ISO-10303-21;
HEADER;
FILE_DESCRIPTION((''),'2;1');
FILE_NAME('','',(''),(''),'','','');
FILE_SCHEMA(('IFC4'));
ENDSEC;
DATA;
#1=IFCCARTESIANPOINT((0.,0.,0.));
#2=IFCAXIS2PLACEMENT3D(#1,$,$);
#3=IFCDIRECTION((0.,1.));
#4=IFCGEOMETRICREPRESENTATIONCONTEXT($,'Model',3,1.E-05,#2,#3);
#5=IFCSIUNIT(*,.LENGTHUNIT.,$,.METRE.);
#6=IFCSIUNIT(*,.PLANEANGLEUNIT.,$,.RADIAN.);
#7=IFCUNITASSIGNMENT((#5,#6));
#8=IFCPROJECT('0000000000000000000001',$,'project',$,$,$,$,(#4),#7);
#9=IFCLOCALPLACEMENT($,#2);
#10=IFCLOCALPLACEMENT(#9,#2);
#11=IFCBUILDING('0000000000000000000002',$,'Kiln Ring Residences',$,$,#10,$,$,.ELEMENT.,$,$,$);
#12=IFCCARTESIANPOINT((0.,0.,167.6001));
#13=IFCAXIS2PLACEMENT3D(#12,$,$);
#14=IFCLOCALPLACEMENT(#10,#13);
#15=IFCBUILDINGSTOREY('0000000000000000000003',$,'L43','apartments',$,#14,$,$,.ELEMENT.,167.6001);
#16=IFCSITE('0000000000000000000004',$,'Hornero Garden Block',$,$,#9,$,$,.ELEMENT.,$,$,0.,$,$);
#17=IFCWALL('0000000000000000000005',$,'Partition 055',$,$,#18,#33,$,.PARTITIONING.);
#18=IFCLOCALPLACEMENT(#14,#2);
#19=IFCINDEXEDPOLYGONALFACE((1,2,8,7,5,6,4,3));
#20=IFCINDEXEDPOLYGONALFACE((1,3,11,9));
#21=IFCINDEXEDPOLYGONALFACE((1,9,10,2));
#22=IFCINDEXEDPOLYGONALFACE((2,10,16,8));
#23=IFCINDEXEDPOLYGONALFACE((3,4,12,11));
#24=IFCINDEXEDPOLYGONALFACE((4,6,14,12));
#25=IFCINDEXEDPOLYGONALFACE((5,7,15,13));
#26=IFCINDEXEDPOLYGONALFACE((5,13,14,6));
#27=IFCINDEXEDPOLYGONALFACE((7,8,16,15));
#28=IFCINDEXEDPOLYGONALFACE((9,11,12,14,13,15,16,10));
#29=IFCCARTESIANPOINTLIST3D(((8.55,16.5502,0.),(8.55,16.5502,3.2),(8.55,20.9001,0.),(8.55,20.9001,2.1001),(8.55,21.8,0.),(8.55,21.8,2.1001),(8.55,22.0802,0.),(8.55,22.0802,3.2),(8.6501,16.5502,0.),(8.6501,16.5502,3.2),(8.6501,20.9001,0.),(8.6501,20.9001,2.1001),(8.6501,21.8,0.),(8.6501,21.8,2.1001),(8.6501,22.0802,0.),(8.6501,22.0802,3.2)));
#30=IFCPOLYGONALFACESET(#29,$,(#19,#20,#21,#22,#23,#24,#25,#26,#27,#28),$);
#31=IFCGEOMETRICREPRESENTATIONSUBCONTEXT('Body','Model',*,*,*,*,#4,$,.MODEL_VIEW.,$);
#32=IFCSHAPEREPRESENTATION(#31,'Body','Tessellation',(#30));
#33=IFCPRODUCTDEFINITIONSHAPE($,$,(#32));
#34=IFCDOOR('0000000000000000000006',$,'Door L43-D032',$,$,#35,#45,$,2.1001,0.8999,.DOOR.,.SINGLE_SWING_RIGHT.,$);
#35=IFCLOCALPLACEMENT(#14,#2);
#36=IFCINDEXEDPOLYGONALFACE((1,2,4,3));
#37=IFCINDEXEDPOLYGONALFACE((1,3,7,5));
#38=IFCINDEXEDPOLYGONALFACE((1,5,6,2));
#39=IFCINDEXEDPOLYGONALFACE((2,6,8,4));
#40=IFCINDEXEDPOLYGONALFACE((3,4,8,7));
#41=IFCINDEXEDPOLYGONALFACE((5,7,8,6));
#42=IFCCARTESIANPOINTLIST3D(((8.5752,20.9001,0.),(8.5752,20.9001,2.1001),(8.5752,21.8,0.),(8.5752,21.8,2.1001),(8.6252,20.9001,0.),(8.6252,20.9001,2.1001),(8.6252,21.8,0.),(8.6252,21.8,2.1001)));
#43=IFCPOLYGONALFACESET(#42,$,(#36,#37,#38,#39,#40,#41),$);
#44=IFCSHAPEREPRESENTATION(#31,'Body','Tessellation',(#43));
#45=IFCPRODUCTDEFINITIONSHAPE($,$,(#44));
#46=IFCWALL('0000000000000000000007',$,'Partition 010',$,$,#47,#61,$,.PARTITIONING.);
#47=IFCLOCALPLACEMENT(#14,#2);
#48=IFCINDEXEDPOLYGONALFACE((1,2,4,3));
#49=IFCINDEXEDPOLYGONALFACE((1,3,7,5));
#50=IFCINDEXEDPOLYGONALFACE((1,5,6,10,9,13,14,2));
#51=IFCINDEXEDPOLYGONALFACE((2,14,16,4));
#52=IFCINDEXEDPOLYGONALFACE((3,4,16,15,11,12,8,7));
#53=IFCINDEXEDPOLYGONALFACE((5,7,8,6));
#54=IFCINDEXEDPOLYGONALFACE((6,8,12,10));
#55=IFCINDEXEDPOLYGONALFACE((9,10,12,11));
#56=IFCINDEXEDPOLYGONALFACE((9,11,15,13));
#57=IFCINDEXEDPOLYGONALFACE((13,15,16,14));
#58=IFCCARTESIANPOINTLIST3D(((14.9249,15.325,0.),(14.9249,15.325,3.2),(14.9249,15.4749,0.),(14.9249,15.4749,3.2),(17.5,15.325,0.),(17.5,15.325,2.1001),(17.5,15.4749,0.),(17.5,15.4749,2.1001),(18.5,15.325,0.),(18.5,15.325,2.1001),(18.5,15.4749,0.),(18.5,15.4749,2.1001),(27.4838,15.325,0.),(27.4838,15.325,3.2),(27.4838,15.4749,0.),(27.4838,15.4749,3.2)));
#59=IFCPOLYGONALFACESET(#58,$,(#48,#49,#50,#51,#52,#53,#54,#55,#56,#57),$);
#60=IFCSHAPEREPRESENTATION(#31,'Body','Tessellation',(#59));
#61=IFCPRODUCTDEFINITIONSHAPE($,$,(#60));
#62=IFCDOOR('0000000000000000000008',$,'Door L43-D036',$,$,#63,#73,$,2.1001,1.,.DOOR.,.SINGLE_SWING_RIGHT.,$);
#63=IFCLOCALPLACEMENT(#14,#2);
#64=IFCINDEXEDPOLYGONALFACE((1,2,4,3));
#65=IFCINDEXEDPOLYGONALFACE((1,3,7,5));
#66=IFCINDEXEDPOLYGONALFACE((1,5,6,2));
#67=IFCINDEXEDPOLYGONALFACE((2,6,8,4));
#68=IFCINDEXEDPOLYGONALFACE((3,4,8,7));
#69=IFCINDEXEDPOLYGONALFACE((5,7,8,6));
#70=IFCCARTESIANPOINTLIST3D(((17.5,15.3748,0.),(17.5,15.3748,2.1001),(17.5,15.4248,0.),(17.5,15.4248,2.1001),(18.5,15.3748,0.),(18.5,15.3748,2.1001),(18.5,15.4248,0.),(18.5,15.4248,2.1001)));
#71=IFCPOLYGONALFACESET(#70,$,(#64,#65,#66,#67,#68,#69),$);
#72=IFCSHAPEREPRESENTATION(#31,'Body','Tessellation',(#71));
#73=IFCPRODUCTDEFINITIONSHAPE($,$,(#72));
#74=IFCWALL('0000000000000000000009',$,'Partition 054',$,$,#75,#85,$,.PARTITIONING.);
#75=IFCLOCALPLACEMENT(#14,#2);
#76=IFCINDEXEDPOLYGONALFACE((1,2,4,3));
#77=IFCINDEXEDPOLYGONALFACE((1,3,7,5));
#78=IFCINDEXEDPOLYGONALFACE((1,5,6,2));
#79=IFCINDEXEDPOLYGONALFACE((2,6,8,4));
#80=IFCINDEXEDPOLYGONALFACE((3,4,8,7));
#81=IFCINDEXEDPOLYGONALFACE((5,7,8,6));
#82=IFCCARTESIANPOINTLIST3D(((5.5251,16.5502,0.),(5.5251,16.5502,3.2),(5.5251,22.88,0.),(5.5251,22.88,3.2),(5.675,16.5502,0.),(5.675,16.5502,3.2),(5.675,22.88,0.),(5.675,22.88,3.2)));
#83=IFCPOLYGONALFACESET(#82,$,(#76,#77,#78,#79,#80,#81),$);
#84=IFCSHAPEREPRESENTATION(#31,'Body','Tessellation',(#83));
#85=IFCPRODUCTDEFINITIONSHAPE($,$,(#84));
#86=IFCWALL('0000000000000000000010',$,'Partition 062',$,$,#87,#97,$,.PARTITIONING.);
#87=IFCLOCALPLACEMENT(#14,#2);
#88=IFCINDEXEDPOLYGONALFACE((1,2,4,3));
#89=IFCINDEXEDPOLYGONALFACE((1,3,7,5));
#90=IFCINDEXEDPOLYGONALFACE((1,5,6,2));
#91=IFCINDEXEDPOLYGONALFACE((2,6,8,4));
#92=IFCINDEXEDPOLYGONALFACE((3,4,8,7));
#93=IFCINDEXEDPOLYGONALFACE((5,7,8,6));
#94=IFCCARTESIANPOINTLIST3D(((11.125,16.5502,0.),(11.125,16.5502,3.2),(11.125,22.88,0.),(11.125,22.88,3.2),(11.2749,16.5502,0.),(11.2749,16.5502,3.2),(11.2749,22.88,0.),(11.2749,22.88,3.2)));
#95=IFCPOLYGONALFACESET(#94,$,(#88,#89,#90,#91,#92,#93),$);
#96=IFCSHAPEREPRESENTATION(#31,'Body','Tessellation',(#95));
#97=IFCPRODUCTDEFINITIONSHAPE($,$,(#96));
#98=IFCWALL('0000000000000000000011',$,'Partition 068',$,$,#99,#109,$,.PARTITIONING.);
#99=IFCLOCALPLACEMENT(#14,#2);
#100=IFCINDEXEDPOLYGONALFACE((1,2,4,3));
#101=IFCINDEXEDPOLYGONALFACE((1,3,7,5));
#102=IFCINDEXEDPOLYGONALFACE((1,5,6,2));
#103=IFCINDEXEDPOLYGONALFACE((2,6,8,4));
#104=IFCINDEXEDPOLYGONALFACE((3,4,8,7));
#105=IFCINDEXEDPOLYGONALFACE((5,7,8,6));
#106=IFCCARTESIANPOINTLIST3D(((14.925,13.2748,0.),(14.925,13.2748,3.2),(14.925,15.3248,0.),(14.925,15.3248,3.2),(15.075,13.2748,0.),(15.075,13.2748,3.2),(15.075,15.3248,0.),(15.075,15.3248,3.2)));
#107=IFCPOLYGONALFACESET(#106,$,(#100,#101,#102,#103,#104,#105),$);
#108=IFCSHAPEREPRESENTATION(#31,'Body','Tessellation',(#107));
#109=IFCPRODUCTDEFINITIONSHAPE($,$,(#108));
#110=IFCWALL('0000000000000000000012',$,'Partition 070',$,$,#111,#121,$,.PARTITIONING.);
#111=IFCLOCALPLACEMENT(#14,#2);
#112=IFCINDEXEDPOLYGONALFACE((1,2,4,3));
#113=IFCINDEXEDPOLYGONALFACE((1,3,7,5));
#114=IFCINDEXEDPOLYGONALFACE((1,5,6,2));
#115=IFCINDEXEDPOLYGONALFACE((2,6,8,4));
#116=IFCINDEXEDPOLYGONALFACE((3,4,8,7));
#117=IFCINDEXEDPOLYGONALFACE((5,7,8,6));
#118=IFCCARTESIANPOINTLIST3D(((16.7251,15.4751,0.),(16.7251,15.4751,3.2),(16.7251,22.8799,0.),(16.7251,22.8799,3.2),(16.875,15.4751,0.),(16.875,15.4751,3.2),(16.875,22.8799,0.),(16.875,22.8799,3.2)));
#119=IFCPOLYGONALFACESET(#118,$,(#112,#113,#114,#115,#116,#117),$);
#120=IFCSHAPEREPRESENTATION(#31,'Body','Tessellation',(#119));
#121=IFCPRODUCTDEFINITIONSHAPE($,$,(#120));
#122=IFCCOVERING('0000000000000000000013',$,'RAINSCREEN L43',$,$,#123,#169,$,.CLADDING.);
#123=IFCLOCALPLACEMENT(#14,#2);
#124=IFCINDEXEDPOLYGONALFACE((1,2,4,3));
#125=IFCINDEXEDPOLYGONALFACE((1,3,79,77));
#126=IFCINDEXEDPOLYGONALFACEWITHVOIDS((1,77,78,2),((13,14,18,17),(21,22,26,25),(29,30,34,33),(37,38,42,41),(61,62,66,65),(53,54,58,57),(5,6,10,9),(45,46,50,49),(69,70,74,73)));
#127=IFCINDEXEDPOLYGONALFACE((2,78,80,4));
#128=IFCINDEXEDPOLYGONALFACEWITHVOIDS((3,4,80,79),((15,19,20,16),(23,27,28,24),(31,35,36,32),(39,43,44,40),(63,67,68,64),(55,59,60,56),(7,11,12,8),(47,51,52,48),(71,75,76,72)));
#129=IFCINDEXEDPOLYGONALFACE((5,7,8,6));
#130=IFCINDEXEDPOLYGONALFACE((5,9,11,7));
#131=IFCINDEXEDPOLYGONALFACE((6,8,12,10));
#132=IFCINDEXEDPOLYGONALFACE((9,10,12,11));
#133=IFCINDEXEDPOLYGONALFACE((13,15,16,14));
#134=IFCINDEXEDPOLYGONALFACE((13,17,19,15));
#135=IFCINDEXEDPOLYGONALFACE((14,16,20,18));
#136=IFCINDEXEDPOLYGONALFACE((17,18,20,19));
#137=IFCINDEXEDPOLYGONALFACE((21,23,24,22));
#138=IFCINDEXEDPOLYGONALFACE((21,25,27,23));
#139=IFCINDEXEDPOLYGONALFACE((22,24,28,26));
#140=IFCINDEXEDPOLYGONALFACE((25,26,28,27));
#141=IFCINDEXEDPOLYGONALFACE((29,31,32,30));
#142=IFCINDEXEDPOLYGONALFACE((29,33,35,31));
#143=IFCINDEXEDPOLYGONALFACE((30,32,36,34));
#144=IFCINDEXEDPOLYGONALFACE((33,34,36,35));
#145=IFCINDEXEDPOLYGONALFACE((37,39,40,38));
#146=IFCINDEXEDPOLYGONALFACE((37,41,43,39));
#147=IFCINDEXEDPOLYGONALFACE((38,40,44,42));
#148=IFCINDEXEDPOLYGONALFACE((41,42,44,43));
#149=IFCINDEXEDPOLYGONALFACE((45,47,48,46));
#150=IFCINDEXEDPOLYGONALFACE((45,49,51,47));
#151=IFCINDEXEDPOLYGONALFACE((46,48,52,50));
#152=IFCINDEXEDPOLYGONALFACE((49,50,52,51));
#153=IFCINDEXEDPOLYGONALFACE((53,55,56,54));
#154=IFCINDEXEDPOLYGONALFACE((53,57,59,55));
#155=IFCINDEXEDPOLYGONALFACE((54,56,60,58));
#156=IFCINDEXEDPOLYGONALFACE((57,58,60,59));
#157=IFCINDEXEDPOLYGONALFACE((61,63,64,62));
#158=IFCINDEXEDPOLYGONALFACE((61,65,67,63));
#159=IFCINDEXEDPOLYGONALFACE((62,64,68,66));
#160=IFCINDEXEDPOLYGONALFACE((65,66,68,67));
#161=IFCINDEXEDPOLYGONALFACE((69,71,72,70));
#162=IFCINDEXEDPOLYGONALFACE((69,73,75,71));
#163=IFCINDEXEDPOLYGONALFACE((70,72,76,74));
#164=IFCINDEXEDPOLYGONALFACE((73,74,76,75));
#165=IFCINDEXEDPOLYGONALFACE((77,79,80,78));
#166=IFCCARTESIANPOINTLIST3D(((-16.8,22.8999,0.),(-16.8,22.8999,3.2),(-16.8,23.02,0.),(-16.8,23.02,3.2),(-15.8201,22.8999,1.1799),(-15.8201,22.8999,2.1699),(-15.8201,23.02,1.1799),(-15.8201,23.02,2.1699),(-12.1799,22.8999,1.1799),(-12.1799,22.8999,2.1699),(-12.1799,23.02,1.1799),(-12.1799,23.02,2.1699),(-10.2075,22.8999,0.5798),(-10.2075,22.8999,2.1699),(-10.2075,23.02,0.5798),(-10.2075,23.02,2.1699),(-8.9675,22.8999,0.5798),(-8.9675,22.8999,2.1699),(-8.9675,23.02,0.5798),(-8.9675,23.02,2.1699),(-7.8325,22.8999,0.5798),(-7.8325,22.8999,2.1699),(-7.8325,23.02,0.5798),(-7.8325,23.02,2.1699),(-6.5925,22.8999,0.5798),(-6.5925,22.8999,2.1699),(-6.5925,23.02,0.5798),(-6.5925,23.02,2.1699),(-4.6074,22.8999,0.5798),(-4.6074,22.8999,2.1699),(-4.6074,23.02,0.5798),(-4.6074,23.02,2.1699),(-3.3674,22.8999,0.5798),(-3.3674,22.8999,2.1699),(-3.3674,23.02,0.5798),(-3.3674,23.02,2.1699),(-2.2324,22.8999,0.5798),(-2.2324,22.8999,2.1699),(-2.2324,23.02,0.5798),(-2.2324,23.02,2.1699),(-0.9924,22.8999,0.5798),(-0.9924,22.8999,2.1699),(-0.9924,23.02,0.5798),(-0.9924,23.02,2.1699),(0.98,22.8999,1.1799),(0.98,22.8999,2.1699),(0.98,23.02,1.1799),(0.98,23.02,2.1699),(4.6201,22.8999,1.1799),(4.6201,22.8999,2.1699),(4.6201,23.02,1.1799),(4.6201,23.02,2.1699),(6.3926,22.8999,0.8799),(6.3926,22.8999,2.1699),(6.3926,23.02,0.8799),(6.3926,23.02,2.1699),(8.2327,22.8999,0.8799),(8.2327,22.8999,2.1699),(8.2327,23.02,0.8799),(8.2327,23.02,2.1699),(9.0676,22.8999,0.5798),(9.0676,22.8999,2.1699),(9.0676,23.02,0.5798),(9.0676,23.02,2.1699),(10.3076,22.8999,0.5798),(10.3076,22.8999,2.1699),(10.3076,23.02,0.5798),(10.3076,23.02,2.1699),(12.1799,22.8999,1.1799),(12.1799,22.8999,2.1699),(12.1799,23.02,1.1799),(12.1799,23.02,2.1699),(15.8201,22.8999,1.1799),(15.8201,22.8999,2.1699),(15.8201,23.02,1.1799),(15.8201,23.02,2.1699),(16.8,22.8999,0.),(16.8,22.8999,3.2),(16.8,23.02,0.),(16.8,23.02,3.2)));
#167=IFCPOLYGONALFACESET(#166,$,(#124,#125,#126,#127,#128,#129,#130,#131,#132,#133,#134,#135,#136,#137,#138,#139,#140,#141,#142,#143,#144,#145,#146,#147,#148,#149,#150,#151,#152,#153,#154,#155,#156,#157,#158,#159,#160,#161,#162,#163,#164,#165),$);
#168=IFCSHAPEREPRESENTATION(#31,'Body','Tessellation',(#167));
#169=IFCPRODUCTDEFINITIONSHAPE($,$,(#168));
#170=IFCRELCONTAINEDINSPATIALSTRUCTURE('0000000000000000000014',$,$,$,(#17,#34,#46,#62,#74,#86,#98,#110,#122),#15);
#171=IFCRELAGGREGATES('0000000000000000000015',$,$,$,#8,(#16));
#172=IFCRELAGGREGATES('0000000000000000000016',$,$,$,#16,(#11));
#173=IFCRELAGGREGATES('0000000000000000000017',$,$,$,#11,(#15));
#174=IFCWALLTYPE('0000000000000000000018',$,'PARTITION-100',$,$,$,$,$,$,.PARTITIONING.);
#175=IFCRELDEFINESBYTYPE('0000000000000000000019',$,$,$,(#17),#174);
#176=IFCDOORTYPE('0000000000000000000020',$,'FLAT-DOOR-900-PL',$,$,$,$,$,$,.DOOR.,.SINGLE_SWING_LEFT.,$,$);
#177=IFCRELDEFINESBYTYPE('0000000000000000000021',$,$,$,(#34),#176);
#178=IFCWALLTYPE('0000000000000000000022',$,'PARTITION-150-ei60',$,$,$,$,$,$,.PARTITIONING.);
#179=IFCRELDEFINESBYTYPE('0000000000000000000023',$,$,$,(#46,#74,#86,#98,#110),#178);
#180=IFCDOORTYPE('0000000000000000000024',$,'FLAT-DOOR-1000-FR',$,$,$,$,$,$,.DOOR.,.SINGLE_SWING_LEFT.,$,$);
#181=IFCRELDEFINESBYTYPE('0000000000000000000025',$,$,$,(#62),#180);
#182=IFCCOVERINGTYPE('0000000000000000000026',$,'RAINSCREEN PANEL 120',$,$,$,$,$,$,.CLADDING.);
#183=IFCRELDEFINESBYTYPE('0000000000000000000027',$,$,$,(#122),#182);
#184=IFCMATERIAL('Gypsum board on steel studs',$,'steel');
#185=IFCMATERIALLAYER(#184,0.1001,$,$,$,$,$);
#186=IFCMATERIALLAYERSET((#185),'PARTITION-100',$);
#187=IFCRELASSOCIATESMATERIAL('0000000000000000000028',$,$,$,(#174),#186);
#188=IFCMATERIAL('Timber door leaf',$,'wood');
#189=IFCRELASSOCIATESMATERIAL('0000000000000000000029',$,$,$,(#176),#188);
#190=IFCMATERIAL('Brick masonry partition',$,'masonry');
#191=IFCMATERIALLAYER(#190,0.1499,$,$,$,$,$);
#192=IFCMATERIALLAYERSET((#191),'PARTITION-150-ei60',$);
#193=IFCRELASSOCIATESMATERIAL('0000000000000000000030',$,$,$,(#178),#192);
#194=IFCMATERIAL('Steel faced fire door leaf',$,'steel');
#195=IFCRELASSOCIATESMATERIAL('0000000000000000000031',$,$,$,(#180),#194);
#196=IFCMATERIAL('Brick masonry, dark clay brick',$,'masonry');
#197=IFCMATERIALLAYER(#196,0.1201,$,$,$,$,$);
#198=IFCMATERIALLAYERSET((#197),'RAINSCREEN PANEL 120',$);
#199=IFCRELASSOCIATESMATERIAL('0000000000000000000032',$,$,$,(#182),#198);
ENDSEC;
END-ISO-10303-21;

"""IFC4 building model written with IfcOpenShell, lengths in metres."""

from ifc_helpers import new_model, si_unit, direction, frame, frame_2d, origin, place, context, subcontext, project, spatial, polyline, rectangle, outline, extrude, material, layer, layer_set, type_object, element, fill, save


model = new_model("IFC4")

# Units and contexts
model_context = context("Model", 3, precision=1e-05, world=origin(), true_north=direction((0.0, 1.0)))
body_context = subcontext(model_context, "Body", "Model", "MODEL_VIEW")
ifc_project = project(units=[si_unit("LENGTHUNIT", "METRE"), si_unit("PLANEANGLEUNIT", "RADIAN")], contexts=[model_context])

# Site, building, storey
site_placement = place(None, origin())
site = spatial("IfcSite", under=ifc_project, at=site_placement, Name="Hornero Garden Block", CompositionType="ELEMENT", RefElevation=0.0)
building_placement = place(site_placement, origin())
building = spatial("IfcBuilding", under=site, at=building_placement, Name="Kiln Ring Residences", CompositionType="ELEMENT")
storey_placement = place(building_placement, frame((0.0, 0.0, 167.6001)))
storey = spatial("IfcBuildingStorey", under=building, at=storey_placement, Name="L43", Description="apartments", CompositionType="ELEMENT", Elevation=167.6001)

# Shared definitions
ifc_material_1 = material(Name="Gypsum board on steel studs", Category="steel")
ifc_layer_1 = layer(ifc_material_1, 0.1001)
ifc_layer_set_1 = layer_set([ifc_layer_1], Name="PARTITION-100")
wall_type_1 = type_object("IfcWallType", Name="PARTITION-100", PredefinedType="PARTITIONING", material=ifc_layer_set_1)
ifc_material_2 = material(Name="Timber door leaf", Category="wood")
door_type_1 = type_object("IfcDoorType", Name="FLAT-DOOR-900-PL", OperationType="SINGLE_SWING_LEFT", PredefinedType="DOOR", material=ifc_material_2)

# Walls, openings, doors
wall_1_placement = place(storey_placement, frame((8.6001, 16.55, 0.0), z_axis=(0.0, 0.0, 1.0), x_axis=(0.0, 1.0, 0.0)))
wall_1 = element("IfcWall", 1, at=wall_1_placement, inside=storey, type_object=wall_type_1, Name="Partition 055", PredefinedType="PARTITIONING", context=body_context, shape_type="SweptSolid", body=[
    extrude(rectangle(XDim=5.53, YDim=0.1001, at=frame_2d((2.7651, 0.0))), origin(), (0.0, 0.0, 1.0), 3.2),
])
opening_1_placement = place(wall_1_placement, frame((4.3501, 0.0, 0.0)))
opening_1 = element("IfcOpeningElement", 2, at=opening_1_placement, cuts=wall_1, PredefinedType="OPENING", context=body_context, shape_type="SweptSolid", body=[
    extrude(rectangle(XDim=0.8999, YDim=2.1001, at=frame_2d((0.45, 1.05))), frame((0.0, 0.0601, 0.0), z_axis=(0.0, -1.0, 0.0), x_axis=(1.0, 0.0, 0.0)), (0.0, 0.0, 1.0), 0.1201),
])
door_1_placement = place(opening_1_placement, origin())
door_1 = element("IfcDoor", 3, at=door_1_placement, inside=storey, type_object=door_type_1, Name="Door L43-D032", OperationType="SINGLE_SWING_RIGHT", OverallHeight=2.1001, OverallWidth=0.8999, PredefinedType="DOOR", context=body_context, shape_type="SweptSolid", body=[
    extrude(rectangle(XDim=0.8999, YDim=2.1001, at=frame_2d((0.45, 1.05))), frame((0.0, 0.0249, 0.0), z_axis=(0.0, -1.0, 0.0), x_axis=(1.0, 0.0, 0.0)), (0.0, 0.0, 1.0), 0.05),
])
fill(opening_1, door_1)
ifc_material_3 = material(Name="Brick masonry partition", Category="masonry")
ifc_layer_2 = layer(ifc_material_3, 0.1499)
ifc_layer_set_2 = layer_set([ifc_layer_2], Name="PARTITION-150-ei60")
wall_type_2 = type_object("IfcWallType", Name="PARTITION-150-ei60", PredefinedType="PARTITIONING", material=ifc_layer_set_2)
wall_2_placement = place(storey_placement, frame((14.925, 15.3999, 0.0), z_axis=(0.0, 0.0, 1.0), x_axis=(1.0, 0.0, 0.0)))
wall_2 = element("IfcWall", 4, at=wall_2_placement, inside=storey, type_object=wall_type_2, Name="Partition 010", PredefinedType="PARTITIONING", context=body_context, shape_type="SweptSolid", body=[
    extrude(rectangle(XDim=12.5588, YDim=0.1499, at=frame_2d((6.2793, 0.0))), origin(), (0.0, 0.0, 1.0), 3.2),
])
opening_2_placement = place(wall_2_placement, frame((2.575, 0.0, 0.0)))
opening_2 = element("IfcOpeningElement", 5, at=opening_2_placement, cuts=wall_2, PredefinedType="OPENING", context=body_context, shape_type="SweptSolid", body=[
    extrude(rectangle(XDim=1.0, YDim=2.1001, at=frame_2d((0.5, 1.05))), frame((0.0, 0.085, 0.0), z_axis=(0.0, -1.0, 0.0), x_axis=(1.0, 0.0, 0.0)), (0.0, 0.0, 1.0), 0.1699),
])
ifc_material_4 = material(Name="Steel faced fire door leaf", Category="steel")
door_type_2 = type_object("IfcDoorType", Name="FLAT-DOOR-1000-FR", OperationType="SINGLE_SWING_LEFT", PredefinedType="DOOR", material=ifc_material_4)
door_2_placement = place(opening_2_placement, origin())
door_2 = element("IfcDoor", 6, at=door_2_placement, inside=storey, type_object=door_type_2, Name="Door L43-D036", OperationType="SINGLE_SWING_RIGHT", OverallHeight=2.1001, OverallWidth=1.0, PredefinedType="DOOR", context=body_context, shape_type="SweptSolid", body=[
    extrude(rectangle(XDim=1.0, YDim=2.1001, at=frame_2d((0.5, 1.05))), frame((0.0, 0.0249, 0.0), z_axis=(0.0, -1.0, 0.0), x_axis=(1.0, 0.0, 0.0)), (0.0, 0.0, 1.0), 0.05),
])
fill(opening_2, door_2)

# Walls
for number, where, z_axis, x_axis, name in (
    (7, (5.6001, 16.55, 0.0), (0.0, 0.0, 1.0), (0.0, 1.0, 0.0), "Partition 054"),
    (8, (11.2, 16.55, 0.0), (0.0, 0.0, 1.0), (0.0, 1.0, 0.0), "Partition 062"),
):
    element("IfcWall", number, at=place(storey_placement, frame(where, z_axis=z_axis, x_axis=x_axis)), inside=storey, type_object=wall_type_2, Name=name, PredefinedType="PARTITIONING", context=body_context, shape_type="SweptSolid", body=[
        extrude(rectangle(XDim=6.3298, YDim=0.1499, at=frame_2d((3.165, 0.0))), origin(), (0.0, 0.0, 1.0), 3.2),
    ])
wall_3_placement = place(storey_placement, frame((15.0, 13.2749, 0.0), z_axis=(0.0, 0.0, 1.0), x_axis=(0.0, 1.0, 0.0)))
element("IfcWall", 9, at=wall_3_placement, inside=storey, type_object=wall_type_2, Name="Partition 068", PredefinedType="PARTITIONING", context=body_context, shape_type="SweptSolid", body=[
    extrude(rectangle(XDim=2.05, YDim=0.1499, at=frame_2d((1.0249, 0.0))), origin(), (0.0, 0.0, 1.0), 3.2),
])
wall_4_placement = place(storey_placement, frame((16.8, 15.4751, 0.0), z_axis=(0.0, 0.0, 1.0), x_axis=(0.0, 1.0, 0.0)))
element("IfcWall", 10, at=wall_4_placement, inside=storey, type_object=wall_type_2, Name="Partition 070", PredefinedType="PARTITIONING", context=body_context, shape_type="SweptSolid", body=[
    extrude(rectangle(XDim=7.4048, YDim=0.1499, at=frame_2d((3.7024, 0.0))), origin(), (0.0, 0.0, 1.0), 3.2),
])

# Covering
ifc_material_5 = material(Name="Brick masonry, dark clay brick", Category="masonry")
ifc_layer_3 = layer(ifc_material_5, 0.1201)
ifc_layer_set_3 = layer_set([ifc_layer_3], Name="RAINSCREEN PANEL 120")
covering_type = type_object("IfcCoveringType", Name="RAINSCREEN PANEL 120", PredefinedType="CLADDING", material=ifc_layer_set_3)
covering_placement = place(storey_placement, frame((16.8, 22.96, 0.0), z_axis=(0.0, 0.0, 1.0), x_axis=(-1.0, 0.0, 0.0)))
element("IfcCovering", 11, at=covering_placement, inside=storey, type_object=covering_type, Name="RAINSCREEN L43", PredefinedType="CLADDING", context=body_context, shape_type="SweptSolid", body=[
    extrude(outline(polyline([(0.0, 0.0), (33.6001, 0.0), (33.6001, 3.2), (0.0, 3.2), (0.0, 0.0)]), holes=[polyline([(6.4924, 0.5798), (7.7324, 0.5798), (7.7324, 2.1699), (6.4924, 2.1699), (6.4924, 0.5798)]), polyline([(17.7925, 0.5798), (19.0325, 0.5798), (19.0325, 2.1699), (17.7925, 2.1699), (17.7925, 0.5798)]), polyline([(20.1675, 0.5798), (21.4075, 0.5798), (21.4075, 2.1699), (20.1675, 2.1699), (20.1675, 0.5798)]), polyline([(23.3926, 0.5798), (24.6326, 0.5798), (24.6326, 2.1699), (23.3926, 2.1699), (23.3926, 0.5798)]), polyline([(25.7676, 0.5798), (27.0076, 0.5798), (27.0076, 2.1699), (25.7676, 2.1699), (25.7676, 0.5798)]), polyline([(8.5674, 0.8799), (10.4075, 0.8799), (10.4075, 2.1699), (8.5674, 2.1699), (8.5674, 0.8799)]), polyline([(0.98, 1.1799), (4.6201, 1.1799), (4.6201, 2.1699), (0.98, 2.1699), (0.98, 1.1799)]), polyline([(12.1799, 2.1699), (12.1799, 1.1799), (15.8201, 1.1799), (15.8201, 2.1699), (12.1799, 2.1699)]), polyline([(28.98, 2.1699), (28.98, 1.1799), (32.6201, 1.1799), (32.6201, 2.1699), (28.98, 2.1699)])]), frame((0.0, 0.0601, 0.0), z_axis=(0.0, -1.0, 0.0), x_axis=(1.0, 0.0, 0.0)), (0.0, 0.0, 1.0), 0.1201),
])

save(model, "model.ifc")
